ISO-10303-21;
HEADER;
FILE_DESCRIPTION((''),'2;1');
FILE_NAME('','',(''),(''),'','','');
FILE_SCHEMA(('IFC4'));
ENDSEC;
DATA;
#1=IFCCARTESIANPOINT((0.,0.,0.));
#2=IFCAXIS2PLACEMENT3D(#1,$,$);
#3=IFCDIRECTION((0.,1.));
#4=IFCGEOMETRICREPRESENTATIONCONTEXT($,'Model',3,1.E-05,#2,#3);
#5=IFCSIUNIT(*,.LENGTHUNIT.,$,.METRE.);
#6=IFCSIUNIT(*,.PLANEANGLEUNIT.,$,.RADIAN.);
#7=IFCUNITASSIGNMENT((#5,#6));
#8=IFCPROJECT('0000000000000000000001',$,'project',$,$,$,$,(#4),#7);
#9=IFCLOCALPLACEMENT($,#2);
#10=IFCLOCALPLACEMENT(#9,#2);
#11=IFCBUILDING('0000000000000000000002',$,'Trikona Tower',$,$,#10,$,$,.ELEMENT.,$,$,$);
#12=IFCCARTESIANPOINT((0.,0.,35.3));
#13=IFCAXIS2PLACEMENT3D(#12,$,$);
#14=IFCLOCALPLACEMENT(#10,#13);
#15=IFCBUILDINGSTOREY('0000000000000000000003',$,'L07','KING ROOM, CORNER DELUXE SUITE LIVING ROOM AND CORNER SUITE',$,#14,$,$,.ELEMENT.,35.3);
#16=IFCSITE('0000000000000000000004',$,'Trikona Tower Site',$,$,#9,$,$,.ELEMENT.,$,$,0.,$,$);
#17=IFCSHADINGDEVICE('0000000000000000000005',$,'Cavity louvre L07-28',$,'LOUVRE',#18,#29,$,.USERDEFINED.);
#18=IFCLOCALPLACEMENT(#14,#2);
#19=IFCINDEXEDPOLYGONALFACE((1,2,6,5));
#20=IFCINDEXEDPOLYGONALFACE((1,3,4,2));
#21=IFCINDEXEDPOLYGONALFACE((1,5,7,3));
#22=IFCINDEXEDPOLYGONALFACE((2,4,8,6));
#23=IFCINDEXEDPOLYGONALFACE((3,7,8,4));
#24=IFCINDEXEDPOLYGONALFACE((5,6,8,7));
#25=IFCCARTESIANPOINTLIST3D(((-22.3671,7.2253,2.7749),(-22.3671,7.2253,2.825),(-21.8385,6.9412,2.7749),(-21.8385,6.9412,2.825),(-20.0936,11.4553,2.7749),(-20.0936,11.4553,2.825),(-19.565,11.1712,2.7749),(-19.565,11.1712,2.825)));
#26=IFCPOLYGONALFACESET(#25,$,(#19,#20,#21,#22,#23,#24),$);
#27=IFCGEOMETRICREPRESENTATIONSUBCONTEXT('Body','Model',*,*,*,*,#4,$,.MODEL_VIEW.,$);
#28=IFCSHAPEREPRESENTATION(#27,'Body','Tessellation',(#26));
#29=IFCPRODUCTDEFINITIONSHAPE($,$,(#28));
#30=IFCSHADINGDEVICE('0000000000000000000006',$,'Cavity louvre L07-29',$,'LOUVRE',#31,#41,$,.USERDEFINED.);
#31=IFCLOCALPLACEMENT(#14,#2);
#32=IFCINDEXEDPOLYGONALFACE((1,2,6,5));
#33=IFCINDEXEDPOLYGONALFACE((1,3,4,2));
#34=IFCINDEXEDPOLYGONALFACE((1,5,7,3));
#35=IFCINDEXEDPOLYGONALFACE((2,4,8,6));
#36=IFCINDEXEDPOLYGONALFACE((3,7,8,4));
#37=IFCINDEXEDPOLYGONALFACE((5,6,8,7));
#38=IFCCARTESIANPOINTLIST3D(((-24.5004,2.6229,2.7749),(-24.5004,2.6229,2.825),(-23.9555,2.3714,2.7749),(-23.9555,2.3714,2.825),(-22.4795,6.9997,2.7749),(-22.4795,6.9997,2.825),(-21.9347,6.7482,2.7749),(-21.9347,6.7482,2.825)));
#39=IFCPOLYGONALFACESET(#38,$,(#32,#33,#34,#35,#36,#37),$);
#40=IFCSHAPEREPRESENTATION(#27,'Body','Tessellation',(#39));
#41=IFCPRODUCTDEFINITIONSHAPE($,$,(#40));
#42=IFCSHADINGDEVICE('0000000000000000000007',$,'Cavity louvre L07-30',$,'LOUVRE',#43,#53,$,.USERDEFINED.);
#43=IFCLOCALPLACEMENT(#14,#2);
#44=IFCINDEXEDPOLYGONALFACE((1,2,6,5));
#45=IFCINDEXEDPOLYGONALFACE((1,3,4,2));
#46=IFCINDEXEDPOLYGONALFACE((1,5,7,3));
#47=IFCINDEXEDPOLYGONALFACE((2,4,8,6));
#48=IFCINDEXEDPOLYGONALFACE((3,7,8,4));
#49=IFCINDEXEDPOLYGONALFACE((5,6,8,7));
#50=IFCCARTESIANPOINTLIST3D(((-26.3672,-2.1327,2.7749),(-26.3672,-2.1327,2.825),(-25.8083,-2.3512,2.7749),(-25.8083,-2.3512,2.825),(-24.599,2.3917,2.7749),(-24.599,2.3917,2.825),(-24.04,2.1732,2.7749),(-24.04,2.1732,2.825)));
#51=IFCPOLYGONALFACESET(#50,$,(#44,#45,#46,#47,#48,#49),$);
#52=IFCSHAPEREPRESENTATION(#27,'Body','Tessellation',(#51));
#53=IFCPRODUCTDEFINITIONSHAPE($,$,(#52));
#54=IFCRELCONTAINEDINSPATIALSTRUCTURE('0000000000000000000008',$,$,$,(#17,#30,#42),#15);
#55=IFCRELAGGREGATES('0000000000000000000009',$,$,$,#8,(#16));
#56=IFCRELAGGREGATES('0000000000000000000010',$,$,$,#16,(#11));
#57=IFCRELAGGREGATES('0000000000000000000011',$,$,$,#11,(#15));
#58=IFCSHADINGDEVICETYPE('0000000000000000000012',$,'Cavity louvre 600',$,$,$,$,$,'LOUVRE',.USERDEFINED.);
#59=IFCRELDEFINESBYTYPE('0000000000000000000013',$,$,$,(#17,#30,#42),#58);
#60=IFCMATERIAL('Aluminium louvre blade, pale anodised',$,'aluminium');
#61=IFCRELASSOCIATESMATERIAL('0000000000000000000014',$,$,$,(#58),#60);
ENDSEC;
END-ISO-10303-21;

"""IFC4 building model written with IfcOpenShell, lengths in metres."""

from ifc_helpers import new_model, si_unit, direction, frame, origin, origin_2d, place, context, subcontext, project, spatial, rectangle, extrude, material, type_object, element, save


model = new_model("IFC4")

# Units and contexts
model_context = context("Model", 3, precision=1e-05, world=origin(), true_north=direction((0.0, 1.0)))
body_context = subcontext(model_context, "Body", "Model", "MODEL_VIEW")
ifc_project = project(units=[si_unit("LENGTHUNIT", "METRE"), si_unit("PLANEANGLEUNIT", "RADIAN")], contexts=[model_context])

# Site, building, storey
site_placement = place(None, origin())
site = spatial("IfcSite", under=ifc_project, at=site_placement, Name="Trikona Tower Site", CompositionType="ELEMENT", RefElevation=0.0)
building_placement = place(site_placement, origin())
building = spatial("IfcBuilding", under=site, at=building_placement, Name="Trikona Tower", CompositionType="ELEMENT")
storey_placement = place(building_placement, frame((0.0, 0.0, 35.3)))
storey = spatial("IfcBuildingStorey", under=building, at=storey_placement, Name="L07", Description="KING ROOM, CORNER DELUXE SUITE LIVING ROOM AND CORNER SUITE", CompositionType="ELEMENT", Elevation=35.3)

# Shading devices
ifc_material_1 = material(Name="Aluminium louvre blade, pale anodised", Category="aluminium")
shading_device_type = type_object("IfcShadingDeviceType", Name="Cavity louvre 600", ElementType="LOUVRE", PredefinedType="USERDEFINED", material=ifc_material_1)
shading_device_1_placement = place(storey_placement, frame((-20.9661, 9.1982, 2.7749), z_axis=(0.0, 0.0, 1.0), x_axis=(-0.473423, -0.880835, 0.0)))
element("IfcShadingDevice", 1, at=shading_device_1_placement, inside=storey, type_object=shading_device_type, Name="Cavity louvre L07-28", ObjectType="LOUVRE", PredefinedType="USERDEFINED", context=body_context, shape_type="SweptSolid", body=[
    extrude(rectangle(XDim=4.8022, YDim=0.6001, at=origin_2d()), origin(), (0.0, 0.0, 1.0), 0.05),
])
shading_device_2_placement = place(storey_placement, frame((-23.2175, 4.6855, 2.7749), z_axis=(0.0, 0.0, 1.0), x_axis=(-0.419194, -0.907897, 0.0)))
element("IfcShadingDevice", 2, at=shading_device_2_placement, inside=storey, type_object=shading_device_type, Name="Cavity louvre L07-29", ObjectType="LOUVRE", PredefinedType="USERDEFINED", context=body_context, shape_type="SweptSolid", body=[
    extrude(rectangle(XDim=4.8208, YDim=0.6001, at=origin_2d()), origin(), (0.0, 0.0, 1.0), 0.05),
])
shading_device_3_placement = place(storey_placement, frame((-25.2036, 0.0203, 2.7749), z_axis=(0.0, 0.0, 1.0), x_axis=(-0.364009, -0.931395, 0.0)))
element("IfcShadingDevice", 3, at=shading_device_3_placement, inside=storey, type_object=shading_device_type, Name="Cavity louvre L07-30", ObjectType="LOUVRE", PredefinedType="USERDEFINED", context=body_context, shape_type="SweptSolid", body=[
    extrude(rectangle(XDim=4.8577, YDim=0.6001, at=origin_2d()), origin(), (0.0, 0.0, 1.0), 0.05),
])

save(model, "model.ifc")
